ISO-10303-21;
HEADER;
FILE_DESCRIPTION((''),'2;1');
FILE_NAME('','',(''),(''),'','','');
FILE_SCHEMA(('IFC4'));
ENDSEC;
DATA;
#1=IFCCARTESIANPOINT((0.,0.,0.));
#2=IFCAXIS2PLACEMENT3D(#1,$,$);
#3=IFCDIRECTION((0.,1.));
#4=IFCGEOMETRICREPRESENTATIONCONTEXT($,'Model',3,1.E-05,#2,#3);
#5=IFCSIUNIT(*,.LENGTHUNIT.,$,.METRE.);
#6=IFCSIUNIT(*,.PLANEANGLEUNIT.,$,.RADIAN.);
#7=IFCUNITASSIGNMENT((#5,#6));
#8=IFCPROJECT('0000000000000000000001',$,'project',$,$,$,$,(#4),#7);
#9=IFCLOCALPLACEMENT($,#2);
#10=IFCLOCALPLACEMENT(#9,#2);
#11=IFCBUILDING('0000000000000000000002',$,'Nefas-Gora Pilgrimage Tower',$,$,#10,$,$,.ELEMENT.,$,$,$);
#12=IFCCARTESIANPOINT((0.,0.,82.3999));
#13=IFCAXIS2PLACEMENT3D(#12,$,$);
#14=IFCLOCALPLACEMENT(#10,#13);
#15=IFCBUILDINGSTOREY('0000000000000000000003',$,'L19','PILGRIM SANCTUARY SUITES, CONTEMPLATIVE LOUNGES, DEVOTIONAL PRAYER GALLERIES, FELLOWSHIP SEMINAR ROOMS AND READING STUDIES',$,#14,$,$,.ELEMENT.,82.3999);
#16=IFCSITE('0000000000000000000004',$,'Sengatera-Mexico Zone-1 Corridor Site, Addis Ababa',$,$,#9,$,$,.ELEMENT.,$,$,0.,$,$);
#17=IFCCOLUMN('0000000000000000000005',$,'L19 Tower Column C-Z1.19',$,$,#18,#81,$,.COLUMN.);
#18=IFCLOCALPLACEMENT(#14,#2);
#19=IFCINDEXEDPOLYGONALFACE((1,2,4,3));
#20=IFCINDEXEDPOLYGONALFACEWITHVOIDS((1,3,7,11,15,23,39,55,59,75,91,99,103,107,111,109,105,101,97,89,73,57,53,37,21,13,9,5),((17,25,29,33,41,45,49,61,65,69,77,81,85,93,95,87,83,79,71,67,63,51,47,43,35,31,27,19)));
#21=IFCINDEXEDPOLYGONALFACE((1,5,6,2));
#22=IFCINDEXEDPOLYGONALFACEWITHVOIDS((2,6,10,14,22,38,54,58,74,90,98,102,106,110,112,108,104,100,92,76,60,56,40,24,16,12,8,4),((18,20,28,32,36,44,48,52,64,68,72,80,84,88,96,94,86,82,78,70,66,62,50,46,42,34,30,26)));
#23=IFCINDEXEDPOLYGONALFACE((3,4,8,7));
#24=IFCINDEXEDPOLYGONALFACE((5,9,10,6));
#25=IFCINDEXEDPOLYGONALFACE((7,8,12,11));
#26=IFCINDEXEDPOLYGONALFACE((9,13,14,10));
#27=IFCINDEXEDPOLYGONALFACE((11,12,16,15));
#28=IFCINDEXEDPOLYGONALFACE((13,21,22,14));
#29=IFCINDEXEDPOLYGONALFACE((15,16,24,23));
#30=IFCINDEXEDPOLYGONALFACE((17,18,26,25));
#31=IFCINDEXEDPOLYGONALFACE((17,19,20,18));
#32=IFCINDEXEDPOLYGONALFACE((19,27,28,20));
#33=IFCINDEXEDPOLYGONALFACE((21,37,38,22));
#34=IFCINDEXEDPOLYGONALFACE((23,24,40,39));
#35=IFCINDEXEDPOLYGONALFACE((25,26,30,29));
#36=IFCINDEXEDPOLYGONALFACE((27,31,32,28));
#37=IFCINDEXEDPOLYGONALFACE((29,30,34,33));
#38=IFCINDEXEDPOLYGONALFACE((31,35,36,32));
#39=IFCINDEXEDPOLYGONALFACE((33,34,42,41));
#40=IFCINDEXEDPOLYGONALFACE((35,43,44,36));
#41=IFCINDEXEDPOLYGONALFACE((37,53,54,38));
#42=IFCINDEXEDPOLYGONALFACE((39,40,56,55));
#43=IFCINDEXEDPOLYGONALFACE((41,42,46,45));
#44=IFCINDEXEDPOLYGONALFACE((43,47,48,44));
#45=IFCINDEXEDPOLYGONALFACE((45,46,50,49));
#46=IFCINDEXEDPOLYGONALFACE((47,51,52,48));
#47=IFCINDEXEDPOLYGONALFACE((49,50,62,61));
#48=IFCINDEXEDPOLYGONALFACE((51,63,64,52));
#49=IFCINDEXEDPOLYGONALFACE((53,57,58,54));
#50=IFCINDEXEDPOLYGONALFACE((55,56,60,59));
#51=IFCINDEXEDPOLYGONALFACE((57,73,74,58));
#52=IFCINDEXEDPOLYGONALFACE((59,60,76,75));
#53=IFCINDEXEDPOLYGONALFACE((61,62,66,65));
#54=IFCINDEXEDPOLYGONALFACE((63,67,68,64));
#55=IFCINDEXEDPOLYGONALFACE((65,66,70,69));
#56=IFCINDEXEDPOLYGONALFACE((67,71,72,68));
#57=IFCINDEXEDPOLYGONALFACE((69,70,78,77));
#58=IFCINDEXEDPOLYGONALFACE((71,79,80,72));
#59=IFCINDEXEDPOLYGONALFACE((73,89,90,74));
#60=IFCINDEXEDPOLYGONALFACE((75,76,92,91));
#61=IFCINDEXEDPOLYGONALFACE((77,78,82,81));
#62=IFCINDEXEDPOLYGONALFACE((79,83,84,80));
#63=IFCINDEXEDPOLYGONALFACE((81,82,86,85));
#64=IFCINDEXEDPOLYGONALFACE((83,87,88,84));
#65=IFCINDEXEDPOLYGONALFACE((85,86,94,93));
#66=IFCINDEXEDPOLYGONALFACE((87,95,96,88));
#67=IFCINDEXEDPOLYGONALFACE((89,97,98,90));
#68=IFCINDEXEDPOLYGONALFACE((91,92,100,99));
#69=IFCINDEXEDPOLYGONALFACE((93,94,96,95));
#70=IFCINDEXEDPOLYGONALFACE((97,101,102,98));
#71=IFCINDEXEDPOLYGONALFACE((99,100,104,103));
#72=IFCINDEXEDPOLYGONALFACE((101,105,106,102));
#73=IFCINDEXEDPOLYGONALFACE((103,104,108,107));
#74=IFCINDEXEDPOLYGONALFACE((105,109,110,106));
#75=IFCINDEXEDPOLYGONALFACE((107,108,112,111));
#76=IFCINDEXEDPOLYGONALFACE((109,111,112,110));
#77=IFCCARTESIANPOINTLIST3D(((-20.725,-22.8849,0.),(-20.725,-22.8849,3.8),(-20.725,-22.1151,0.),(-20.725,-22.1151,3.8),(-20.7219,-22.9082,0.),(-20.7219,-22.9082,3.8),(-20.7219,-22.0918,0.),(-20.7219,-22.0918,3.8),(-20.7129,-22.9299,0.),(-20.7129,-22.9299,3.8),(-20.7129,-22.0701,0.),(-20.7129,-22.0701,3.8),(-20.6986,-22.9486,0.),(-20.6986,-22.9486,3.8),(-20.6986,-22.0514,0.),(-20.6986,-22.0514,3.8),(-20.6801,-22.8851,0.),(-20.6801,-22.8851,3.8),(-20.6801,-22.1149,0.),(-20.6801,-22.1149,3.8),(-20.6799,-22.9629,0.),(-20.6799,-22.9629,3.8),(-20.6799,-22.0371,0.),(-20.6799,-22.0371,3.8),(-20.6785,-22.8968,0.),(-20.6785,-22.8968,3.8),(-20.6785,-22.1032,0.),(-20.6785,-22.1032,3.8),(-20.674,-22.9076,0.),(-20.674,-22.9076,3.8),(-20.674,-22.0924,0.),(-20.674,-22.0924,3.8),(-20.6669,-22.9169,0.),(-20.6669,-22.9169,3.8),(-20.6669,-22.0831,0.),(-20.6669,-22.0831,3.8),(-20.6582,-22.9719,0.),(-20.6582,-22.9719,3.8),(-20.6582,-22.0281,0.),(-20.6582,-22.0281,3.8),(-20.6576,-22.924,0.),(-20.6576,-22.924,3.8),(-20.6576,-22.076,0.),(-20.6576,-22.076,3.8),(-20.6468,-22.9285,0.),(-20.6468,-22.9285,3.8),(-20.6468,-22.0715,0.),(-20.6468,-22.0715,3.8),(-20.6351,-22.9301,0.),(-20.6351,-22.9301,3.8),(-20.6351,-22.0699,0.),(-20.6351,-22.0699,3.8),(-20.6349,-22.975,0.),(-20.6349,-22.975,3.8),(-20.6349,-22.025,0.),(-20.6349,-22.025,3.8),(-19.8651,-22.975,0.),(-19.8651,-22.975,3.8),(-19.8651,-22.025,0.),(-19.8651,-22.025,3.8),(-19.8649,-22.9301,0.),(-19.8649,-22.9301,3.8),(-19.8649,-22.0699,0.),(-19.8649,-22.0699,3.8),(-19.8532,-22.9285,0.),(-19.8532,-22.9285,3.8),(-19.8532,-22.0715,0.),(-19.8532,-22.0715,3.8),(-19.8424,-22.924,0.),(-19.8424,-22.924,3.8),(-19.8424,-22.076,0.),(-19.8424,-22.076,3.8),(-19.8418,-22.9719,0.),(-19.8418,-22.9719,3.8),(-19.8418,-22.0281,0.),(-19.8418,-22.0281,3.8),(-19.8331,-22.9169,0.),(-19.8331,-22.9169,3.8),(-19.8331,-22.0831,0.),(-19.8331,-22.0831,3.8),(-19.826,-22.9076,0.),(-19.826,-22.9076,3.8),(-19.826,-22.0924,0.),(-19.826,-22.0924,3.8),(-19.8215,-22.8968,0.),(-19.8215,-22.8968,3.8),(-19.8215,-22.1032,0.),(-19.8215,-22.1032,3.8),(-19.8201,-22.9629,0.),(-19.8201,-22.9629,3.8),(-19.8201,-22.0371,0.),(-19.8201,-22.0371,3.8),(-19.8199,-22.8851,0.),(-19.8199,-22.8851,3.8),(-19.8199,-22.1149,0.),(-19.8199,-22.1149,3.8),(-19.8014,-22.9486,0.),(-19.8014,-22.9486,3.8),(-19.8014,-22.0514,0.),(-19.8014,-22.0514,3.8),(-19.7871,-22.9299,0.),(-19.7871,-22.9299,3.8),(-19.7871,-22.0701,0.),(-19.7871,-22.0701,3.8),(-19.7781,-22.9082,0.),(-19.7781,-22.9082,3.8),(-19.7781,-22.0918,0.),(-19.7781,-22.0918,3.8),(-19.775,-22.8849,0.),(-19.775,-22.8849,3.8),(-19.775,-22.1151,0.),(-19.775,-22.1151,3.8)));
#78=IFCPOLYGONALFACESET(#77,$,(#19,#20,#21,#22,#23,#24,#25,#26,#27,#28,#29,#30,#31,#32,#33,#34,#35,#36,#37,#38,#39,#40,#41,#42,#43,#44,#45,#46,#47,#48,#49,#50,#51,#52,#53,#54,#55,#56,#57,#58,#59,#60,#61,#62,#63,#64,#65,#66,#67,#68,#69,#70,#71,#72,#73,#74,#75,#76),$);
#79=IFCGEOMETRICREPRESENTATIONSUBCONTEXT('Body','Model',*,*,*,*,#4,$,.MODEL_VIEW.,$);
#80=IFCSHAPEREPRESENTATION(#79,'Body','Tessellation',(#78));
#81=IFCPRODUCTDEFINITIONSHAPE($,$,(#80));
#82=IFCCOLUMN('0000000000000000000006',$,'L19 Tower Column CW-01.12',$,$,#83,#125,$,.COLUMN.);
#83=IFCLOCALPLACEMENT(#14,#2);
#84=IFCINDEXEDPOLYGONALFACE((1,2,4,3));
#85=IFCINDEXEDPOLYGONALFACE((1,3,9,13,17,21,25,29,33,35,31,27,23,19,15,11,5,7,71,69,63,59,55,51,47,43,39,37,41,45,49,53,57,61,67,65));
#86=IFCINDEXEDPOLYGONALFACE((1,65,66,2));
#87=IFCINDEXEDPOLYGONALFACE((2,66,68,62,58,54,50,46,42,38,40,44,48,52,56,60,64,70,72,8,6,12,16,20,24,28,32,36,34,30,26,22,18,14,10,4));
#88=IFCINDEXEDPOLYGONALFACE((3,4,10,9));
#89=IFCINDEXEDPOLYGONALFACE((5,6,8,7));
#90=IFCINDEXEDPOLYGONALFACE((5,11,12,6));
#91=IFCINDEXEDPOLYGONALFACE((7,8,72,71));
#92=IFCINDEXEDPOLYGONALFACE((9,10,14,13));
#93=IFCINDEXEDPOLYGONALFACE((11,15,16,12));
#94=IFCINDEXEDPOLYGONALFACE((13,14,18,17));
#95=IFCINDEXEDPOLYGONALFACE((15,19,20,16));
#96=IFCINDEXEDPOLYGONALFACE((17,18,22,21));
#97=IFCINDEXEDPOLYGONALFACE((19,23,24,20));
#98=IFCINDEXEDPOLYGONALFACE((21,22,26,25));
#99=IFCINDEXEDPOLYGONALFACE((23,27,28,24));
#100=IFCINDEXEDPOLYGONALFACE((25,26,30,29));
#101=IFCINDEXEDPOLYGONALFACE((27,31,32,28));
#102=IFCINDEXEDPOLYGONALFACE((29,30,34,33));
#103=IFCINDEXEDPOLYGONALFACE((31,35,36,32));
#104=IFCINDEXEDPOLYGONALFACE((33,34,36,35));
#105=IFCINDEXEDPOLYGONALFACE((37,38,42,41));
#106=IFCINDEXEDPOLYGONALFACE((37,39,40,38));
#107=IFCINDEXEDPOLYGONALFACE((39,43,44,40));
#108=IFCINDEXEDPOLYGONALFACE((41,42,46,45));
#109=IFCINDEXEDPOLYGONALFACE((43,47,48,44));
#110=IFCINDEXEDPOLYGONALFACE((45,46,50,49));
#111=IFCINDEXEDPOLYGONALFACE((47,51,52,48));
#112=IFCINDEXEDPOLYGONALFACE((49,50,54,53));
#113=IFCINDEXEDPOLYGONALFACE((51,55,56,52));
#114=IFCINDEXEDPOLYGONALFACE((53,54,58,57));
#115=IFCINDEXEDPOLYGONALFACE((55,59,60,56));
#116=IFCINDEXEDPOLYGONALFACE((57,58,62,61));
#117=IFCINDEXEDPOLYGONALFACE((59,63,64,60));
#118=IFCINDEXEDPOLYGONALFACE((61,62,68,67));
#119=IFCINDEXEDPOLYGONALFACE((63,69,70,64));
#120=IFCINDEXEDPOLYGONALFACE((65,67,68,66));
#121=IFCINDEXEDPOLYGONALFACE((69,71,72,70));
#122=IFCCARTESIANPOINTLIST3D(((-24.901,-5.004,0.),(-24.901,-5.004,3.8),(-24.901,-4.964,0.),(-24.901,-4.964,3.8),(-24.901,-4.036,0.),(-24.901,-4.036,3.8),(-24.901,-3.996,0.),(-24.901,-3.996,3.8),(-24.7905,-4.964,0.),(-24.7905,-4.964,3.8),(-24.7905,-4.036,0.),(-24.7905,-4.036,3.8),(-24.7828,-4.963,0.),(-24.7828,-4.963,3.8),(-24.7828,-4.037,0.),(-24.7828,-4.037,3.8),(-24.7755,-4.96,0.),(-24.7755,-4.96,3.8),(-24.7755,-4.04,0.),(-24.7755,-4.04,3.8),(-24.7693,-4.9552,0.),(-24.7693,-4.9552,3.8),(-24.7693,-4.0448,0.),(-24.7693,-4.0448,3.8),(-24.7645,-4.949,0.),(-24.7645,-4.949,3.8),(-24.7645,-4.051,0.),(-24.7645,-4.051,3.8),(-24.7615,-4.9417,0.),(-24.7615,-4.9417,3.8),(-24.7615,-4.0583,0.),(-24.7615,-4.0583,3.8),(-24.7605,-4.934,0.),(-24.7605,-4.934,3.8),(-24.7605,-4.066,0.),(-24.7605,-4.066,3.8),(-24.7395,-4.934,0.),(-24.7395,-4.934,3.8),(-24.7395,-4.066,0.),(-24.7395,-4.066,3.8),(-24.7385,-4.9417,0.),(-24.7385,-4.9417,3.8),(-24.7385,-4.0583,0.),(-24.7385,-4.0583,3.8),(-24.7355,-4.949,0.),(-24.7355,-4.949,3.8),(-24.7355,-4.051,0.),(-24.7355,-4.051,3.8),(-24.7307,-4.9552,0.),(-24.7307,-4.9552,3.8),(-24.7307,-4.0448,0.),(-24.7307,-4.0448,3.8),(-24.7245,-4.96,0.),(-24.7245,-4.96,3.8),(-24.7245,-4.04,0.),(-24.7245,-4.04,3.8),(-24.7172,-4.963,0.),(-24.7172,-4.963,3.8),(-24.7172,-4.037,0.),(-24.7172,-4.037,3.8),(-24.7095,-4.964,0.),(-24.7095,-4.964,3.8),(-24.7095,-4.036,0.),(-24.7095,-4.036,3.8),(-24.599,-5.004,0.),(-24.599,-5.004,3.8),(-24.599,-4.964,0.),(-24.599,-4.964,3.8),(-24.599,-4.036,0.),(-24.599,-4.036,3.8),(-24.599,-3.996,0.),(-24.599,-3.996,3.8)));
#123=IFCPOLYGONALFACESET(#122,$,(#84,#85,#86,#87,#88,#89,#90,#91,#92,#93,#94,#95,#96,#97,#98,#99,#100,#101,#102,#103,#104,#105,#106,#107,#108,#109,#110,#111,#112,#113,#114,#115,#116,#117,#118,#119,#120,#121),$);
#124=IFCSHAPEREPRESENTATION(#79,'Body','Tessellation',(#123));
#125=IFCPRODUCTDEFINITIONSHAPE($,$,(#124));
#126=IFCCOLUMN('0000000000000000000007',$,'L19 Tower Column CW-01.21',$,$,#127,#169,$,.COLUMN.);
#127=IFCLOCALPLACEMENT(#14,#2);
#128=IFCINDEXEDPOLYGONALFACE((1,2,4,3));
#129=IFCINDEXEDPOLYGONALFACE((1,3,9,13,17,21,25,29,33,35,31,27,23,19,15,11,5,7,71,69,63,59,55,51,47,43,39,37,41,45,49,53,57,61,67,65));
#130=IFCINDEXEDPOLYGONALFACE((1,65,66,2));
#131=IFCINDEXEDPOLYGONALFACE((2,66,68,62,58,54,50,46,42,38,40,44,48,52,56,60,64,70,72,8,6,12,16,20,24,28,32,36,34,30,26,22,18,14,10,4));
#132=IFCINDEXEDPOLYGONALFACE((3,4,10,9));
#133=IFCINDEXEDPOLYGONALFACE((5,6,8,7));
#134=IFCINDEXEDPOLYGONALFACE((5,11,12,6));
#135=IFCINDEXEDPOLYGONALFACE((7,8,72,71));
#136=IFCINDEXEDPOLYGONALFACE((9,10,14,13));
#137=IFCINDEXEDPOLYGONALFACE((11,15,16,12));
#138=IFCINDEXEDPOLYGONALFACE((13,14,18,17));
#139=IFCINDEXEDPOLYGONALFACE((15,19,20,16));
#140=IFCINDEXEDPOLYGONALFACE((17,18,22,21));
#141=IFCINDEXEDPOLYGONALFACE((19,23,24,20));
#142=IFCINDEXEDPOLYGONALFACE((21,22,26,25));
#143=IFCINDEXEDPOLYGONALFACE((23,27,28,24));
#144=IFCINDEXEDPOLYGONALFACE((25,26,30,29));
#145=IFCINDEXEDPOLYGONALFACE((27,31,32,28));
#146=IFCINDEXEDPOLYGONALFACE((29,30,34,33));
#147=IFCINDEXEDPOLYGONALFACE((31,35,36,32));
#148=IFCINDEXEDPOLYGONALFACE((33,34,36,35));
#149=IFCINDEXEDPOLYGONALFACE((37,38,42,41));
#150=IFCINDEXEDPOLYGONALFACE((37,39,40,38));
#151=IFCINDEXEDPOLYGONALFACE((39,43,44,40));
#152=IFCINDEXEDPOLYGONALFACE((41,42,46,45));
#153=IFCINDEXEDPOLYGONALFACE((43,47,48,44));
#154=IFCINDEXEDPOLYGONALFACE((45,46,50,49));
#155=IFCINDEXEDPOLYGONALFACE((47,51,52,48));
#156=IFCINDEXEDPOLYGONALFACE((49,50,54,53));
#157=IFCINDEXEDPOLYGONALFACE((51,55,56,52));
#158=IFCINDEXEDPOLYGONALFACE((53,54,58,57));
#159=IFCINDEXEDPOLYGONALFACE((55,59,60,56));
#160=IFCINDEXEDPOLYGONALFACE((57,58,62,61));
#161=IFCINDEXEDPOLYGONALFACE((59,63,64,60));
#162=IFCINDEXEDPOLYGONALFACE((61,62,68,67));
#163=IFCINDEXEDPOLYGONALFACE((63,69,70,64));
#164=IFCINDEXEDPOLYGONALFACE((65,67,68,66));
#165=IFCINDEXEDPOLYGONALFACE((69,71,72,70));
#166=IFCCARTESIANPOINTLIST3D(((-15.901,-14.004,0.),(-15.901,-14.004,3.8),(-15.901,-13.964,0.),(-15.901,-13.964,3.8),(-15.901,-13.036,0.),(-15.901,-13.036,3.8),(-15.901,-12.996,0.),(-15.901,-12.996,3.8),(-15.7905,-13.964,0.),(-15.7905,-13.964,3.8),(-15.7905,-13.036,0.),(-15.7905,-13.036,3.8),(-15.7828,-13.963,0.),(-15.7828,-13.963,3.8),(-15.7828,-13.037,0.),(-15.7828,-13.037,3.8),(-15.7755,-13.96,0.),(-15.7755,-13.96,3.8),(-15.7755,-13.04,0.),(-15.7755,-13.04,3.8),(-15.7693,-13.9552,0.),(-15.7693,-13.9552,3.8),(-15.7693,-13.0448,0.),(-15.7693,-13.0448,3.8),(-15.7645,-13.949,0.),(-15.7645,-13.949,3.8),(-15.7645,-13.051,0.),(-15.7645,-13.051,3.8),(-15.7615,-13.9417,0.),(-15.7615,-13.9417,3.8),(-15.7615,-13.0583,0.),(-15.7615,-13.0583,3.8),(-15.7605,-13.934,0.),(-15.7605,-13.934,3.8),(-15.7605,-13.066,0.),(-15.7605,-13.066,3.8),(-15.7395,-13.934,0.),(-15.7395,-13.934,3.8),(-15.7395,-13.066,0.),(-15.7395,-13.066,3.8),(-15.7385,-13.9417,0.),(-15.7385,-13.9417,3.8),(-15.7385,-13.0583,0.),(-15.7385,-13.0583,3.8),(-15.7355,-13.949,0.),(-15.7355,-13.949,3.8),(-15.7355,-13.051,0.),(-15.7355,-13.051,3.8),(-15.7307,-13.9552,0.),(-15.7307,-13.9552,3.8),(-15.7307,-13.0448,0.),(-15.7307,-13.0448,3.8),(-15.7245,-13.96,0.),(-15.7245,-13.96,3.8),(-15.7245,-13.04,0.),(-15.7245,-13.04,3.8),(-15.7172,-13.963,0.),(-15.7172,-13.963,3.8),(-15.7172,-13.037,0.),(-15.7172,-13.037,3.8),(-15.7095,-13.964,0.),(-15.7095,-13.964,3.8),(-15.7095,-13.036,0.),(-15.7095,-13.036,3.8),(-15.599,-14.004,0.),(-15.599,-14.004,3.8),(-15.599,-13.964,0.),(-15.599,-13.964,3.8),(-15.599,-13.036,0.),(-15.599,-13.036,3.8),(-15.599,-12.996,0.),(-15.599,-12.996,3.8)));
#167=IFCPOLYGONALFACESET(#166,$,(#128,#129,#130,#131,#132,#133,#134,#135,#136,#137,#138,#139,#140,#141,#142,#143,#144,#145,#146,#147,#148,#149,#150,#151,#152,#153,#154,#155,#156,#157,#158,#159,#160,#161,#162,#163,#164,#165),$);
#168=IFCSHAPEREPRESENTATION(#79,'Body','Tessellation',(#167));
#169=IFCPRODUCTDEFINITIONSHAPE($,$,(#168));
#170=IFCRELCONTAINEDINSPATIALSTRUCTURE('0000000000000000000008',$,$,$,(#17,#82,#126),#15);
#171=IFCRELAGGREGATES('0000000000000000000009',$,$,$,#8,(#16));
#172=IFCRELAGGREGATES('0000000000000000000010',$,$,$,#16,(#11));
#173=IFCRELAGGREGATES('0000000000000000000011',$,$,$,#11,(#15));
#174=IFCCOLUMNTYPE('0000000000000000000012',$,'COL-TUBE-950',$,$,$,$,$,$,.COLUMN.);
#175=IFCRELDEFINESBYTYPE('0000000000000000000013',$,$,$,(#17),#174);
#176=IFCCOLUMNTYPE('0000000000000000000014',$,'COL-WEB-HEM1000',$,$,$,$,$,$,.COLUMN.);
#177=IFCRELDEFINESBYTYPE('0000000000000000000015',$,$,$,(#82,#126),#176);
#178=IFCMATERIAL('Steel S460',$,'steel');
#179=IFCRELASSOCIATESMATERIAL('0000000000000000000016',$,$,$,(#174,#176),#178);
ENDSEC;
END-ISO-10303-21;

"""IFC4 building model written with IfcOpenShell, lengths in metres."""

from ifc_helpers import new_model, si_unit, direction, frame, origin, origin_2d, place, context, subcontext, project, spatial, hollow_rectangle, i_section, extrude, source, transform, mapped, material, material_profile, profile_set, type_object, element, save


model = new_model("IFC4")

# Units and contexts
model_context = context("Model", 3, precision=1e-05, world=origin(), true_north=direction((0.0, 1.0)))
body_context = subcontext(model_context, "Body", "Model", "MODEL_VIEW")
ifc_project = project(units=[si_unit("LENGTHUNIT", "METRE"), si_unit("PLANEANGLEUNIT", "RADIAN")], contexts=[model_context])

# Site, building, storey
site_placement = place(None, origin())
site = spatial("IfcSite", under=ifc_project, at=site_placement, Name="Sengatera-Mexico Zone-1 Corridor Site, Addis Ababa", CompositionType="ELEMENT", RefElevation=0.0)
building_placement = place(site_placement, origin())
building = spatial("IfcBuilding", under=site, at=building_placement, Name="Nefas-Gora Pilgrimage Tower", CompositionType="ELEMENT")
storey_placement = place(building_placement, frame((0.0, 0.0, 82.3999)))
storey = spatial("IfcBuildingStorey", under=building, at=storey_placement, Name="L19", Description="PILGRIM SANCTUARY SUITES, CONTEMPLATIVE LOUNGES, DEVOTIONAL PRAYER GALLERIES, FELLOWSHIP SEMINAR ROOMS AND READING STUDIES", CompositionType="ELEMENT", Elevation=82.3999)

# Columns
ifc_material_1 = material(Name="Steel S460", Category="steel")
ifc_material_profile_1 = material_profile(ifc_material_1, hollow_rectangle(XDim=0.95, YDim=0.95, WallThickness=0.0449, InnerFilletRadius=0.0449, OuterFilletRadius=0.0901, at=origin_2d()), Name="BOX 950x950x45")
ifc_profile_set_1 = profile_set([ifc_material_profile_1], Name="Steel S460")
column_type_1 = type_object("IfcColumnType", Name="COL-TUBE-950", PredefinedType="COLUMN", material=ifc_profile_set_1)
shared_shape_1 = source(origin(), body_context, "Body", "SweptSolid", [
    extrude(hollow_rectangle(XDim=0.95, YDim=0.95, WallThickness=0.0449, InnerFilletRadius=0.0449, OuterFilletRadius=0.0901, at=origin_2d()), origin(), (0.0, 0.0, 1.0), 3.8),
])
column_1_placement = place(storey_placement, frame((-20.25, -22.5, 0.0), z_axis=(0.0, 0.0, 1.0), x_axis=(1.0, 0.0, 0.0)))
element("IfcColumn", 1, at=column_1_placement, inside=storey, type_object=column_type_1, Name="L19 Tower Column C-Z1.19", PredefinedType="COLUMN", context=body_context, shape_type="MappedRepresentation", body=[
    mapped(shared_shape_1, transform((0.0, 0.0, 0.0), x_axis=(1.0, 0.0, 0.0), y_axis=(0.0, 1.0, 0.0), z_axis=(0.0, 0.0, 1.0), scale=1.0)),
])
ifc_material_profile_2 = material_profile(ifc_material_1, i_section(OverallWidth=0.302, OverallDepth=1.0081, WebThickness=0.021, FlangeThickness=0.04, FilletRadius=0.03, at=origin_2d()), Name="HEM 1000")
ifc_profile_set_2 = profile_set([ifc_material_profile_2], Name="Steel S460")
column_type_2 = type_object("IfcColumnType", Name="COL-WEB-HEM1000", PredefinedType="COLUMN", material=ifc_profile_set_2)
shared_shape_2 = source(origin(), body_context, "Body", "SweptSolid", [
    extrude(i_section(OverallWidth=0.302, OverallDepth=1.0081, WebThickness=0.021, FlangeThickness=0.04, FilletRadius=0.03, at=origin_2d()), origin(), (0.0, 0.0, 1.0), 3.8),
])
for number, where, z_axis, x_axis, name in (
    (2, (-24.75, -4.5, 0.0), (0.0, 0.0, 1.0), (1.0, 0.0, 0.0), "L19 Tower Column CW-01.12"),
    (3, (-15.75, -13.5, 0.0), (0.0, 0.0, 1.0), (1.0, 0.0, 0.0), "L19 Tower Column CW-01.21"),
):
    element("IfcColumn", number, at=place(storey_placement, frame(where, z_axis=z_axis, x_axis=x_axis)), inside=storey, type_object=column_type_2, Name=name, PredefinedType="COLUMN", context=body_context, shape_type="MappedRepresentation", body=[
        mapped(shared_shape_2, transform((0.0, 0.0, 0.0), x_axis=(1.0, 0.0, 0.0), y_axis=(0.0, 1.0, 0.0), z_axis=(0.0, 0.0, 1.0), scale=1.0)),
    ])

save(model, "model.ifc")
